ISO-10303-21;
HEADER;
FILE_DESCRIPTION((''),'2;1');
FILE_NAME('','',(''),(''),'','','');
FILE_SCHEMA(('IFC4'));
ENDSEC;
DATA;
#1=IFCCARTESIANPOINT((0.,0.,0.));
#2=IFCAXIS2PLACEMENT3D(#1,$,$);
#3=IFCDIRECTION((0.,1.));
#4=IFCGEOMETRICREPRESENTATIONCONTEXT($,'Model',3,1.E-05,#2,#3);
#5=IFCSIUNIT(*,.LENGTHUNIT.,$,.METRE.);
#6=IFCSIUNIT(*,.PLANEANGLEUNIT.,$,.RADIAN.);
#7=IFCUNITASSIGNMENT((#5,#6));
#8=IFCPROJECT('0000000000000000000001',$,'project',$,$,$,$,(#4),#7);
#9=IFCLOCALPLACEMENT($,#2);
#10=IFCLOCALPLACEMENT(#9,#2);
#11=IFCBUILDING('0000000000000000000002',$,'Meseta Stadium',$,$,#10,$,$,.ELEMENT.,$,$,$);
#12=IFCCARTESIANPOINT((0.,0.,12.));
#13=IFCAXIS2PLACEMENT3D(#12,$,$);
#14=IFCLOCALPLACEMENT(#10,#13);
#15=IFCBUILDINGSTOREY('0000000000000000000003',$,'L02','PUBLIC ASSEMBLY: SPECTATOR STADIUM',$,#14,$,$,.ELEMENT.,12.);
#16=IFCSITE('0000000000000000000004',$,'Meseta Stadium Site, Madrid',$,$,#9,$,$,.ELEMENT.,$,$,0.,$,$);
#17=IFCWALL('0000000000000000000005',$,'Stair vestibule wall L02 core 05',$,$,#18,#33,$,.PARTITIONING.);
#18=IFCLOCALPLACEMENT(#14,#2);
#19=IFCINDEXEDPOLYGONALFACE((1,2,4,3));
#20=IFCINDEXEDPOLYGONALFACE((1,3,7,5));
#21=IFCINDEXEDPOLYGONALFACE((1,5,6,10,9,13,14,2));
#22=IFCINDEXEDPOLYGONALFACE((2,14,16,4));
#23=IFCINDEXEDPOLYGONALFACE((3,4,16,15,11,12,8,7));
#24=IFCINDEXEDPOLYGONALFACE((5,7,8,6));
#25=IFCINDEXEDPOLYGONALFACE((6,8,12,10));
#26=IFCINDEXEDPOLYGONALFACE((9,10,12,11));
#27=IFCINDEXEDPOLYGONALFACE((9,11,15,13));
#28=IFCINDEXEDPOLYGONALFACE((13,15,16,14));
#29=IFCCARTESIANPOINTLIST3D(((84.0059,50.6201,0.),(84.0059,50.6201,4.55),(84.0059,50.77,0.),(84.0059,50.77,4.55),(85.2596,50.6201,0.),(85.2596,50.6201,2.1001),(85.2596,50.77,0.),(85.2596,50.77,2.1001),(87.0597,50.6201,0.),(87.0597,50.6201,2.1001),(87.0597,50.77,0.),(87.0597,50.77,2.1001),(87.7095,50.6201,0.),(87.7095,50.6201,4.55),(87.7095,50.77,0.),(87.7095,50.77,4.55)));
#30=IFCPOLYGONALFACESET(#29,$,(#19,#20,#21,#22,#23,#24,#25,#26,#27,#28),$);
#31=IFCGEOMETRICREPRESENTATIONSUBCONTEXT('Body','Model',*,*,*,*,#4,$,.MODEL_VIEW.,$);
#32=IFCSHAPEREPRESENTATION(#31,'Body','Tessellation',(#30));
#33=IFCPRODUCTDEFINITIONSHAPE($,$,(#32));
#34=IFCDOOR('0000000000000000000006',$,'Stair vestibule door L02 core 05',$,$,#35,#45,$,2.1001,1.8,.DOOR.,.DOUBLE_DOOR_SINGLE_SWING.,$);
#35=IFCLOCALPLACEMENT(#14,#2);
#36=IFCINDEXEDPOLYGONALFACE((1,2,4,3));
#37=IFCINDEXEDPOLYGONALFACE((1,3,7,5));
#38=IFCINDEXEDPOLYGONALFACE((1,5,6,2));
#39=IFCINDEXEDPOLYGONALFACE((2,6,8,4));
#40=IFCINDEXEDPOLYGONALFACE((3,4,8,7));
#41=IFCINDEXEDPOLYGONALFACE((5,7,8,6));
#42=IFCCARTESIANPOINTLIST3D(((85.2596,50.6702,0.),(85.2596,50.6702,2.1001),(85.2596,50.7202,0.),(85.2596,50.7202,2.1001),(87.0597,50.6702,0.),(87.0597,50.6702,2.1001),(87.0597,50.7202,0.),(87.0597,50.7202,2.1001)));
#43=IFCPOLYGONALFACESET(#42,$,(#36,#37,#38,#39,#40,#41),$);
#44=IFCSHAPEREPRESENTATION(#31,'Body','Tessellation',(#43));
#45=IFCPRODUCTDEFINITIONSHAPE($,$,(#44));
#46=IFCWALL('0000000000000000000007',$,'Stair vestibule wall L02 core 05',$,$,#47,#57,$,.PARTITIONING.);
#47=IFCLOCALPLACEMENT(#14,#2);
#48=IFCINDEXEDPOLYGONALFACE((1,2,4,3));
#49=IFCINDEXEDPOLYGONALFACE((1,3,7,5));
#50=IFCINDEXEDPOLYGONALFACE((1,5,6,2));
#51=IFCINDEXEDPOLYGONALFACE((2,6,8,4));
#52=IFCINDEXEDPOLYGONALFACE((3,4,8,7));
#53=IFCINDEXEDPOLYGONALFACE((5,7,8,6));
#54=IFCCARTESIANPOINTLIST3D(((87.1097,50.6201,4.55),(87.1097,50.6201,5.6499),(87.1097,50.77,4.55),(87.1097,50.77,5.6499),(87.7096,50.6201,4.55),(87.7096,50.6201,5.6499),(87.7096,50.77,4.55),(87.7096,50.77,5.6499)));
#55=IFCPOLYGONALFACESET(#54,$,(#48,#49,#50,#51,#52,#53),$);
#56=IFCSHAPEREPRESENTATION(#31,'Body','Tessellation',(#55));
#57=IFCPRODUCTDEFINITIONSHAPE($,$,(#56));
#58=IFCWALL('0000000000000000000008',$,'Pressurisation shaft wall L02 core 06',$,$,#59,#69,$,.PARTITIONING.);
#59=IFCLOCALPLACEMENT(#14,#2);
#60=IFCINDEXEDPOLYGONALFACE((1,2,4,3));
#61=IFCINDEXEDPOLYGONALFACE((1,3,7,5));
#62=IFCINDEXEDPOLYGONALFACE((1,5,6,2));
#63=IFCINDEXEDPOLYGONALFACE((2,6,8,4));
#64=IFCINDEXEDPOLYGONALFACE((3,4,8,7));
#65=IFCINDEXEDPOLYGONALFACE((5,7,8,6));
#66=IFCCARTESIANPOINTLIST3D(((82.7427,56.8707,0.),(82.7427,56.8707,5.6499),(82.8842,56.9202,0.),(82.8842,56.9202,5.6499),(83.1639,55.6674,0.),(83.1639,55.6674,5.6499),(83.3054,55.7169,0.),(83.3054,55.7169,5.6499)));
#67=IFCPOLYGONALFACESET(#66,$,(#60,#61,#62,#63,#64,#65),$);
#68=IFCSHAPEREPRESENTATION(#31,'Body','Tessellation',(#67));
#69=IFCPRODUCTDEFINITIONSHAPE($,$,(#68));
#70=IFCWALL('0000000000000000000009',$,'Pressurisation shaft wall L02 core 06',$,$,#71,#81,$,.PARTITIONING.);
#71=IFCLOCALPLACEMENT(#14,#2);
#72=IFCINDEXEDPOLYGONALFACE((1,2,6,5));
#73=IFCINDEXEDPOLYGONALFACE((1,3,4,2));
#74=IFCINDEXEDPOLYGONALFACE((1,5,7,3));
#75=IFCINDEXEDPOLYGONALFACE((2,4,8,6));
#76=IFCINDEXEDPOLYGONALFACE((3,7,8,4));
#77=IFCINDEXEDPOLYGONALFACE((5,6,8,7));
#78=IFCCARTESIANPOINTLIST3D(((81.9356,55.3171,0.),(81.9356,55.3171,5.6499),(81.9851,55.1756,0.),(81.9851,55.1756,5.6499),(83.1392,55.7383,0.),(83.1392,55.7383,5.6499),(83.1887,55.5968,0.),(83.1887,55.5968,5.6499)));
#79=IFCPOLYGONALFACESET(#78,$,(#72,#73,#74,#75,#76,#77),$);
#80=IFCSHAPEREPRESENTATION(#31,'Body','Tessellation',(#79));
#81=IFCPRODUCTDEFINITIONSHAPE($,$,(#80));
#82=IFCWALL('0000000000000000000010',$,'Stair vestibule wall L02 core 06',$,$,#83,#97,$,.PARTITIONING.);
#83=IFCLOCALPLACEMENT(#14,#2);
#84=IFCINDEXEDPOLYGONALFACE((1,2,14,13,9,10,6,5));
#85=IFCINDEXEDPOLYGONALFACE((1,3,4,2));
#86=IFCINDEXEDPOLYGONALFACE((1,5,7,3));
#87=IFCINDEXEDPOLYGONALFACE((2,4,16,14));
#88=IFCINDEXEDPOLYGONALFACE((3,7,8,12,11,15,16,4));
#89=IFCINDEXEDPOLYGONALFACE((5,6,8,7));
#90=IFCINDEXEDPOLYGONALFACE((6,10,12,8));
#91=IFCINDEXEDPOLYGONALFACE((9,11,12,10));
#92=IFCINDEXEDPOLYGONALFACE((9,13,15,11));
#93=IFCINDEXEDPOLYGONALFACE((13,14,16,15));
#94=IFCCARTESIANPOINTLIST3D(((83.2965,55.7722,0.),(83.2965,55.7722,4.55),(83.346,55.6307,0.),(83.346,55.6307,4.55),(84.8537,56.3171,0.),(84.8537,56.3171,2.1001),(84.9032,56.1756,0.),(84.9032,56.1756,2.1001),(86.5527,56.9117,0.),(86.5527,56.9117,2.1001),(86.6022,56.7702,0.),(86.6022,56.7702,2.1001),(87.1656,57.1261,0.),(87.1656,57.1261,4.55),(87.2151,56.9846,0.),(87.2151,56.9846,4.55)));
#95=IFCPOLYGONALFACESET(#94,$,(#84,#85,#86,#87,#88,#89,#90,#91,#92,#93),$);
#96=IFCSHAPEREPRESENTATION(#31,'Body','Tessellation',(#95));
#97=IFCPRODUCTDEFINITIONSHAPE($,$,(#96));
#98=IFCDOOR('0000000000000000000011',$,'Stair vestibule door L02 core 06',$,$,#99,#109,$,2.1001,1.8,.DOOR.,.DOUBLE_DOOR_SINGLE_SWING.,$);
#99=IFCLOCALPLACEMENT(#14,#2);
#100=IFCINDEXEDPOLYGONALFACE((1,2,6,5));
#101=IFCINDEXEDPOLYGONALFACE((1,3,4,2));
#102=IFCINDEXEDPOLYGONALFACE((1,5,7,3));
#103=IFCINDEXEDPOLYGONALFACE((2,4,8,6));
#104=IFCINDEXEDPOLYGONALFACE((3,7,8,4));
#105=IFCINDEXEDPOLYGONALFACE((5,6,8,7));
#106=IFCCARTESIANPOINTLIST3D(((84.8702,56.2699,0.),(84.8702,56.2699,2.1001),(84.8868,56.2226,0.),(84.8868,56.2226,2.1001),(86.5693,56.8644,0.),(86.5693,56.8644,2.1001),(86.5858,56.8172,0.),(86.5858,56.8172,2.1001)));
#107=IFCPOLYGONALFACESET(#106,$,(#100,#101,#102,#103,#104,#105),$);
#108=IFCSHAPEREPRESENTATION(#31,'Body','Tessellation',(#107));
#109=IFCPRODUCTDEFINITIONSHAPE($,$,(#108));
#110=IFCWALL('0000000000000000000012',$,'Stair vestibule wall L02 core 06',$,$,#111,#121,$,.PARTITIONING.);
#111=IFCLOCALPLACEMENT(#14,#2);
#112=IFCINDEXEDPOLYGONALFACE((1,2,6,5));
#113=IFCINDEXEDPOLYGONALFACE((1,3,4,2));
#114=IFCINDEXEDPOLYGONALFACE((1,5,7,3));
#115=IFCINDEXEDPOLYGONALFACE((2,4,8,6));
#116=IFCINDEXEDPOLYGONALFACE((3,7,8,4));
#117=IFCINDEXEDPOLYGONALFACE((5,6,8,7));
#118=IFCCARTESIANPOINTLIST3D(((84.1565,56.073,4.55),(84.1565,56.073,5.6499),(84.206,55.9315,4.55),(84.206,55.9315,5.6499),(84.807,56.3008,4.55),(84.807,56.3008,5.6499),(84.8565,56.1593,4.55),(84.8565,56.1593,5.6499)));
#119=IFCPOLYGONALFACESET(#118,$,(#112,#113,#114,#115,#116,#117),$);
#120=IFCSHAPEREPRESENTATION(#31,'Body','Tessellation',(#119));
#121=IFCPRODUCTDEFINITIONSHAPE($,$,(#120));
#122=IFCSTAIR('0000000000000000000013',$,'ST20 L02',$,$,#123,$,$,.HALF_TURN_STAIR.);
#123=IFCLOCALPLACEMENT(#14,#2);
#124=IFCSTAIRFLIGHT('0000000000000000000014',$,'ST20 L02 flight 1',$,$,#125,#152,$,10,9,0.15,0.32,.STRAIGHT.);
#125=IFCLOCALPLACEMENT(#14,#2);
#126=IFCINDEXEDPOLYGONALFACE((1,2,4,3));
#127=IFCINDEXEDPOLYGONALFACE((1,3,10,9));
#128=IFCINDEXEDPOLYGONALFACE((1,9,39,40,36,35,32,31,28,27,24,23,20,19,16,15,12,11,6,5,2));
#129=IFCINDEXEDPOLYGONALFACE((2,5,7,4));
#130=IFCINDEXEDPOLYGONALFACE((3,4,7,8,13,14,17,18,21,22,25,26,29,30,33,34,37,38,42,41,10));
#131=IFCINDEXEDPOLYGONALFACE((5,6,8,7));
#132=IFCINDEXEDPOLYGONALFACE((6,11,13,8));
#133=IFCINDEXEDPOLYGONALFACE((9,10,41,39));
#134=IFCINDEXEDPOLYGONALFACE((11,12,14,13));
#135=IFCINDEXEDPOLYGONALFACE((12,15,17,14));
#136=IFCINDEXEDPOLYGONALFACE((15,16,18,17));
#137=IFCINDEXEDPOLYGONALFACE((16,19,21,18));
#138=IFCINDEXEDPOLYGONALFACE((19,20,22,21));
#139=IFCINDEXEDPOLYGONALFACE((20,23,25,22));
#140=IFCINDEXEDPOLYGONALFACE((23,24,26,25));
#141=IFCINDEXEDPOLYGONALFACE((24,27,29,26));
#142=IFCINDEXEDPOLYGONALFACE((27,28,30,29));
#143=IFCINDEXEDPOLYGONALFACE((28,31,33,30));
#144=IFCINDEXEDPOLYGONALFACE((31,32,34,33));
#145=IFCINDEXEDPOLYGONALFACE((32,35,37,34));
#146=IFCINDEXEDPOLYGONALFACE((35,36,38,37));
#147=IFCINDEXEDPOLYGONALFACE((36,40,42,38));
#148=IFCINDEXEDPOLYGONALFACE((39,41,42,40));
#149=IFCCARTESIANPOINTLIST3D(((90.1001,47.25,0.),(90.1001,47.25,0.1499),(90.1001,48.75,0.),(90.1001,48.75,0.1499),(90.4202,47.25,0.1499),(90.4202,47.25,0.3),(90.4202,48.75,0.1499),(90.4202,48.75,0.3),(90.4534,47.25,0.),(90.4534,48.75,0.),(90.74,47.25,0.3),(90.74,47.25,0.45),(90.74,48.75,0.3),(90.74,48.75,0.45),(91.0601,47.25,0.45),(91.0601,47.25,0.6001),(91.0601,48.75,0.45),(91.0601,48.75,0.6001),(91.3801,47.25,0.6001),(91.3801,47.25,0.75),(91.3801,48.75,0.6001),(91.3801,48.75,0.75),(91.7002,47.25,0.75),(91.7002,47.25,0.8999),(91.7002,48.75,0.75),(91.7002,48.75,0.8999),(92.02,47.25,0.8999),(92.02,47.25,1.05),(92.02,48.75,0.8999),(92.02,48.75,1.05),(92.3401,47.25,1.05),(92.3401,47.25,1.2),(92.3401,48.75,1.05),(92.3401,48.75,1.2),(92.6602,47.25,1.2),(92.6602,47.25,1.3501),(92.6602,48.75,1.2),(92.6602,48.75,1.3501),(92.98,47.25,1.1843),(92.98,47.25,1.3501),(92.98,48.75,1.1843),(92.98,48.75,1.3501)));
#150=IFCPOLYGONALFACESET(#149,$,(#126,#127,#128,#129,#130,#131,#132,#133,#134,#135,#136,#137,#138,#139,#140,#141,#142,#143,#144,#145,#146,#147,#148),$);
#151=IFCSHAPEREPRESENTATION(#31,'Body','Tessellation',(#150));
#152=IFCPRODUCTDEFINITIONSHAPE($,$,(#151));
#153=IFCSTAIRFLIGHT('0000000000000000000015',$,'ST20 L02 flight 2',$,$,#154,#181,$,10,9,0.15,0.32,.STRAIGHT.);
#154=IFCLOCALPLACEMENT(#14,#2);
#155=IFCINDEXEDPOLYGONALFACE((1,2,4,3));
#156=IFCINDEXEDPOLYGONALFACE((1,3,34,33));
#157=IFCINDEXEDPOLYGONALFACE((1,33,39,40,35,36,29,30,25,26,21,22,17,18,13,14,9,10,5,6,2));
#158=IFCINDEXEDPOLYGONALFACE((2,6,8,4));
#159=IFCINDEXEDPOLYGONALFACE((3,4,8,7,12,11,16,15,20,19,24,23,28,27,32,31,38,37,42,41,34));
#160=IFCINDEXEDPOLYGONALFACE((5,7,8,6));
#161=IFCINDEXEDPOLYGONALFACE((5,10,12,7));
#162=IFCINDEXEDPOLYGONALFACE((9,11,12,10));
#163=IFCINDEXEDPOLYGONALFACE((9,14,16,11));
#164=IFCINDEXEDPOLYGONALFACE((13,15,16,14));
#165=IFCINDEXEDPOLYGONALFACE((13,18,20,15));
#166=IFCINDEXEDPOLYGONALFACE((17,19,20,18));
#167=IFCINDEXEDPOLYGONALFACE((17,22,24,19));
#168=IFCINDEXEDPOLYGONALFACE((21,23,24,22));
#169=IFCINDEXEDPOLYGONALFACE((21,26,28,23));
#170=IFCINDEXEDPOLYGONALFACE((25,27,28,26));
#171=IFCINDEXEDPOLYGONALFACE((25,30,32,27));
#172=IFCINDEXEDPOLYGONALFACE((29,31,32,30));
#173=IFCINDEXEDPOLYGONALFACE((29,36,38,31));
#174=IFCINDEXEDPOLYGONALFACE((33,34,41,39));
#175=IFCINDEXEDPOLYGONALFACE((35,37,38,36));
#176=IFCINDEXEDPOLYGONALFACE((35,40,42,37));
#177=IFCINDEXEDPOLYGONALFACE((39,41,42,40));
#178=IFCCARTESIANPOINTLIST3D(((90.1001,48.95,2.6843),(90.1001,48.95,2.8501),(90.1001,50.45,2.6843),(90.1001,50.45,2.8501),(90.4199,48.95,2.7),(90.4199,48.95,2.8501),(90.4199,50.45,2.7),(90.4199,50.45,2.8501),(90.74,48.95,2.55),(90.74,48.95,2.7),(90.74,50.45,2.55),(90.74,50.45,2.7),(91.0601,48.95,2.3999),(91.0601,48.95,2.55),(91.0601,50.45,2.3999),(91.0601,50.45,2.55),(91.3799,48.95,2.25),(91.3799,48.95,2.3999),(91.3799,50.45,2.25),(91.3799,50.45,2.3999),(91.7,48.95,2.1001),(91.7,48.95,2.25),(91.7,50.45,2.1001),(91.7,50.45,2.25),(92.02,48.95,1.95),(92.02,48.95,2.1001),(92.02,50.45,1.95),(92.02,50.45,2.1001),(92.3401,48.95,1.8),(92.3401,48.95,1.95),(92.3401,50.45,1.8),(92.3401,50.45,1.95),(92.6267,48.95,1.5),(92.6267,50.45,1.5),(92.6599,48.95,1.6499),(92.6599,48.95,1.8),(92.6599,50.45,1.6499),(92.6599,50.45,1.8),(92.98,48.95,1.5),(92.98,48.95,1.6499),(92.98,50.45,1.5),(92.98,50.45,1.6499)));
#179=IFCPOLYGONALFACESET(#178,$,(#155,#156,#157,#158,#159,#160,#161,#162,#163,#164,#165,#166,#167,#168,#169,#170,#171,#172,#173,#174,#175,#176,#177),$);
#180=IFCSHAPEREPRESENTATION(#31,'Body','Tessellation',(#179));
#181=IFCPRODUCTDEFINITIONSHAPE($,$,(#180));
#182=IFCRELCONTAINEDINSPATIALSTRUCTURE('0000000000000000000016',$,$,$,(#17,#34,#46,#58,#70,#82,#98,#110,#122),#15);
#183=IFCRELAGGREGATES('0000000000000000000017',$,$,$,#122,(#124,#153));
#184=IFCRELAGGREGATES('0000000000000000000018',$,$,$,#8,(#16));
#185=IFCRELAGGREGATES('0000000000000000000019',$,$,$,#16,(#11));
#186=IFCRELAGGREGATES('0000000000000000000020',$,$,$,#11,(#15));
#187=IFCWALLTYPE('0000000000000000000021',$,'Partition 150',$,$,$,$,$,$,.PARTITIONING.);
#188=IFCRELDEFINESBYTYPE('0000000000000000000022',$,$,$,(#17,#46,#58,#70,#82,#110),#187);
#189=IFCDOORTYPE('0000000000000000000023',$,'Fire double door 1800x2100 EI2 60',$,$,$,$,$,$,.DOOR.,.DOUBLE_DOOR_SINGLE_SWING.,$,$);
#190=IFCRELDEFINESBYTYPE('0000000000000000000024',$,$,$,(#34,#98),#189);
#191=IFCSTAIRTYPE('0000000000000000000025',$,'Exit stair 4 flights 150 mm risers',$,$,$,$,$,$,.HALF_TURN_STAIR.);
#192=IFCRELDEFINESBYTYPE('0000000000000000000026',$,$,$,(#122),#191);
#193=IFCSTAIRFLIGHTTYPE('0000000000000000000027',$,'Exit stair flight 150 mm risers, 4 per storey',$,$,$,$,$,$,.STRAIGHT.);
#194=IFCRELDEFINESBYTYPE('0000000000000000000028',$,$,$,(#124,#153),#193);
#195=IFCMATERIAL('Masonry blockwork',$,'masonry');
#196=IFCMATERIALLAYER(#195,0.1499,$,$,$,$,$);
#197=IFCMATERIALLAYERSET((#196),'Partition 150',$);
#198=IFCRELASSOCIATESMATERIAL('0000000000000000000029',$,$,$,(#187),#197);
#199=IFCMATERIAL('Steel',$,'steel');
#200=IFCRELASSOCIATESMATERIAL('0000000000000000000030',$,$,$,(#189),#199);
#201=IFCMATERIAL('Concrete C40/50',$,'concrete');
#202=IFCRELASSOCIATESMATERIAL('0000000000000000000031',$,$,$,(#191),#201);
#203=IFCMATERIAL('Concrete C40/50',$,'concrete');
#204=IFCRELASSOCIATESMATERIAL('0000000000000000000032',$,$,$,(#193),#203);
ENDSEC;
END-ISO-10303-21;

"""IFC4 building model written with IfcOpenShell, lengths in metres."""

from ifc_helpers import new_model, si_unit, direction, frame, frame_2d, origin, place, context, subcontext, project, spatial, polyline, rectangle, outline, extrude, material, layer, layer_set, type_object, element, fill, aggregate, save


model = new_model("IFC4")

# Units and contexts
model_context = context("Model", 3, precision=1e-05, world=origin(), true_north=direction((0.0, 1.0)))
body_context = subcontext(model_context, "Body", "Model", "MODEL_VIEW")
ifc_project = project(units=[si_unit("LENGTHUNIT", "METRE"), si_unit("PLANEANGLEUNIT", "RADIAN")], contexts=[model_context])

# Site, building, storey
site_placement = place(None, origin())
site = spatial("IfcSite", under=ifc_project, at=site_placement, Name="Meseta Stadium Site, Madrid", CompositionType="ELEMENT", RefElevation=0.0)
building_placement = place(site_placement, origin())
building = spatial("IfcBuilding", under=site, at=building_placement, Name="Meseta Stadium", CompositionType="ELEMENT")
storey_placement = place(building_placement, frame((0.0, 0.0, 12.0)))
storey = spatial("IfcBuildingStorey", under=building, at=storey_placement, Name="L02", Description="PUBLIC ASSEMBLY: SPECTATOR STADIUM", CompositionType="ELEMENT", Elevation=12.0)

# Shared definitions
ifc_material_1 = material(Name="Masonry blockwork", Category="masonry")
ifc_layer_1 = layer(ifc_material_1, 0.1499)
ifc_layer_set_1 = layer_set([ifc_layer_1], Name="Partition 150")
wall_type_1 = type_object("IfcWallType", Name="Partition 150", PredefinedType="PARTITIONING", material=ifc_layer_set_1)

# Wall, opening, door
wall_1_placement = place(storey_placement, frame((87.7095, 50.6951, 0.0), z_axis=(0.0, 0.0, 1.0), x_axis=(-1.0, 0.0, 0.0)))
wall_1 = element("IfcWall", 1, at=wall_1_placement, inside=storey, type_object=wall_type_1, Name="Stair vestibule wall L02 core 05", PredefinedType="PARTITIONING", context=body_context, shape_type="SweptSolid", body=[
    extrude(rectangle(XDim=3.7036, YDim=0.1499, at=frame_2d((1.8518, 0.0))), origin(), (0.0, 0.0, 1.0), 4.55),
])
opening_1_placement = place(wall_1_placement, frame((0.6499, 0.0, 0.0)))
opening_1 = element("IfcOpeningElement", 2, at=opening_1_placement, cuts=wall_1, PredefinedType="OPENING", context=body_context, shape_type="SweptSolid", body=[
    extrude(rectangle(XDim=1.8, YDim=2.1001, at=frame_2d((0.8999, 1.05))), frame((0.0, 0.085, 0.0), z_axis=(0.0, -1.0, 0.0), x_axis=(1.0, 0.0, 0.0)), (0.0, 0.0, 1.0), 0.1699),
])
ifc_material_2 = material(Name="Steel", Category="steel")
door_type_1 = type_object("IfcDoorType", Name="Fire double door 1800x2100 EI2 60", OperationType="DOUBLE_DOOR_SINGLE_SWING", PredefinedType="DOOR", material=ifc_material_2)
door_1_placement = place(opening_1_placement, origin())
door_1 = element("IfcDoor", 3, at=door_1_placement, inside=storey, type_object=door_type_1, Name="Stair vestibule door L02 core 05", OperationType="DOUBLE_DOOR_SINGLE_SWING", OverallHeight=2.1001, OverallWidth=1.8, PredefinedType="DOOR", context=body_context, shape_type="SweptSolid", body=[
    extrude(rectangle(XDim=1.8, YDim=2.1001, at=frame_2d((0.8999, 1.05))), frame((0.0, 0.0249, 0.0), z_axis=(0.0, -1.0, 0.0), x_axis=(1.0, 0.0, 0.0)), (0.0, 0.0, 1.0), 0.05),
])
fill(opening_1, door_1)

# Walls
wall_2_placement = place(storey_placement, frame((87.7095, 50.6951, 4.55), z_axis=(0.0, 0.0, 1.0), x_axis=(-1.0, 0.0, 0.0)))
element("IfcWall", 4, at=wall_2_placement, inside=storey, type_object=wall_type_1, Name="Stair vestibule wall L02 core 05", PredefinedType="PARTITIONING", context=body_context, shape_type="SweptSolid", body=[
    extrude(rectangle(XDim=0.5999, YDim=0.1499, at=frame_2d((0.2998, 0.0))), origin(), (0.0, 0.0, 1.0), 1.0999),
])
wall_3_placement = place(storey_placement, frame((83.2346, 55.6921, 0.0), z_axis=(0.0, 0.0, 1.0), x_axis=(-0.330325, 0.943867, 0.0)))
element("IfcWall", 5, at=wall_3_placement, inside=storey, type_object=wall_type_1, Name="Pressurisation shaft wall L02 core 06", PredefinedType="PARTITIONING", context=body_context, shape_type="SweptSolid", body=[
    extrude(rectangle(XDim=1.2749, YDim=0.1499, at=frame_2d((0.6375, 0.0))), origin(), (0.0, 0.0, 1.0), 5.6499),
])
wall_4_placement = place(storey_placement, frame((81.9602, 55.2463, 0.0), z_axis=(0.0, 0.0, 1.0), x_axis=(0.943888, 0.330265, 0.0)))
element("IfcWall", 6, at=wall_4_placement, inside=storey, type_object=wall_type_1, Name="Pressurisation shaft wall L02 core 06", PredefinedType="PARTITIONING", context=body_context, shape_type="SweptSolid", body=[
    extrude(rectangle(XDim=1.2751, YDim=0.1499, at=frame_2d((0.6377, 0.0))), origin(), (0.0, 0.0, 1.0), 5.6499),
])

# Wall, opening, door
wall_5_placement = place(storey_placement, frame((83.3213, 55.7014, 0.0), z_axis=(0.0, 0.0, 1.0), x_axis=(0.943873, 0.330308, 0.0)))
wall_5 = element("IfcWall", 7, at=wall_5_placement, inside=storey, type_object=wall_type_1, Name="Stair vestibule wall L02 core 06", PredefinedType="PARTITIONING", context=body_context, shape_type="SweptSolid", body=[
    extrude(rectangle(XDim=4.0991, YDim=0.1499, at=frame_2d((2.0496, 0.0))), origin(), (0.0, 0.0, 1.0), 4.55),
])
opening_2_placement = place(wall_5_placement, frame((1.6499, 0.0, 0.0)))
opening_2 = element("IfcOpeningElement", 8, at=opening_2_placement, cuts=wall_5, PredefinedType="OPENING", context=body_context, shape_type="SweptSolid", body=[
    extrude(rectangle(XDim=1.8, YDim=2.1001, at=frame_2d((0.8999, 1.05))), frame((0.0, 0.085, 0.0), z_axis=(0.0, -1.0, 0.0), x_axis=(1.0, 0.0, 0.0)), (0.0, 0.0, 1.0), 0.1699),
])
door_2_placement = place(opening_2_placement, origin())
door_2 = element("IfcDoor", 9, at=door_2_placement, inside=storey, type_object=door_type_1, Name="Stair vestibule door L02 core 06", OperationType="DOUBLE_DOOR_SINGLE_SWING", OverallHeight=2.1001, OverallWidth=1.8, PredefinedType="DOOR", context=body_context, shape_type="SweptSolid", body=[
    extrude(rectangle(XDim=1.8, YDim=2.1001, at=frame_2d((0.8999, 1.05))), frame((0.0, 0.0249, 0.0), z_axis=(0.0, -1.0, 0.0), x_axis=(1.0, 0.0, 0.0)), (0.0, 0.0, 1.0), 0.05),
])
fill(opening_2, door_2)

# Wall
wall_6_placement = place(storey_placement, frame((84.1812, 56.0022, 4.55), z_axis=(0.0, 0.0, 1.0), x_axis=(0.943792, 0.33054, 0.0)))
element("IfcWall", 10, at=wall_6_placement, inside=storey, type_object=wall_type_1, Name="Stair vestibule wall L02 core 06", PredefinedType="PARTITIONING", context=body_context, shape_type="SweptSolid", body=[
    extrude(rectangle(XDim=0.6892, YDim=0.1499, at=frame_2d((0.3447, 0.0))), origin(), (0.0, 0.0, 1.0), 1.0999),
])

# Stair, stair flights
ifc_material_3 = material(Name="Concrete C40/50", Category="concrete")
stair_type = type_object("IfcStairType", Name="Exit stair 4 flights 150 mm risers", PredefinedType="HALF_TURN_STAIR", material=ifc_material_3)
stair_placement = place(storey_placement, origin())
stair = element("IfcStair", 11, at=stair_placement, inside=storey, type_object=stair_type, Name="ST20 L02", PredefinedType="HALF_TURN_STAIR")
ifc_material_4 = material(Name="Concrete C40/50", Category="concrete")
stair_flight_type = type_object("IfcStairFlightType", Name="Exit stair flight 150 mm risers, 4 per storey", PredefinedType="STRAIGHT", material=ifc_material_4)
stair_flight_1_placement = place(storey_placement, frame((90.1001, 48.0, 0.0), z_axis=(0.0, 0.0, 1.0), x_axis=(1.0, 0.0, 0.0)))
stair_flight_1 = element("IfcStairFlight", 12, at=stair_flight_1_placement, type_object=stair_flight_type, Name="ST20 L02 flight 1", NumberOfRisers=10, NumberOfTreads=9, PredefinedType="STRAIGHT", RiserHeight=0.15, TreadLength=0.32, context=body_context, shape_type="SweptSolid", body=[
    extrude(outline(polyline([(0.0, 0.0), (0.0, 0.1499), (0.3201, 0.1499), (0.3201, 0.3), (0.6399, 0.3), (0.6399, 0.45), (0.96, 0.45), (0.96, 0.6001), (1.28, 0.6001), (1.28, 0.75), (1.6001, 0.75), (1.6001, 0.8999), (1.9199, 0.8999), (1.9199, 1.05), (2.24, 1.05), (2.24, 1.2), (2.5601, 1.2), (2.5601, 1.3501), (2.8799, 1.3501), (2.8799, 1.1843), (0.3533, 0.0), (0.0, 0.0)])), frame((0.0, 0.75, 0.0), z_axis=(0.0, -1.0, 0.0), x_axis=(1.0, 0.0, 0.0)), (0.0, 0.0, 1.0), 1.5),
])
stair_flight_2_placement = place(storey_placement, frame((92.98, 49.7, 1.5), z_axis=(0.0, 0.0, 1.0), x_axis=(-1.0, 0.0, 0.0)))
stair_flight_2 = element("IfcStairFlight", 13, at=stair_flight_2_placement, type_object=stair_flight_type, Name="ST20 L02 flight 2", NumberOfRisers=10, NumberOfTreads=9, PredefinedType="STRAIGHT", RiserHeight=0.15, TreadLength=0.32, context=body_context, shape_type="SweptSolid", body=[
    extrude(outline(polyline([(0.0, 0.0), (0.0, 0.1499), (0.3201, 0.1499), (0.3201, 0.3), (0.6399, 0.3), (0.6399, 0.45), (0.96, 0.45), (0.96, 0.6001), (1.28, 0.6001), (1.28, 0.75), (1.6001, 0.75), (1.6001, 0.8999), (1.9199, 0.8999), (1.9199, 1.05), (2.24, 1.05), (2.24, 1.2), (2.5601, 1.2), (2.5601, 1.3501), (2.8799, 1.3501), (2.8799, 1.1843), (0.3533, 0.0), (0.0, 0.0)])), frame((0.0, 0.75, 0.0), z_axis=(0.0, -1.0, 0.0), x_axis=(1.0, 0.0, 0.0)), (0.0, 0.0, 1.0), 1.5),
])
aggregate(stair, [stair_flight_1, stair_flight_2])

save(model, "model.ifc")
